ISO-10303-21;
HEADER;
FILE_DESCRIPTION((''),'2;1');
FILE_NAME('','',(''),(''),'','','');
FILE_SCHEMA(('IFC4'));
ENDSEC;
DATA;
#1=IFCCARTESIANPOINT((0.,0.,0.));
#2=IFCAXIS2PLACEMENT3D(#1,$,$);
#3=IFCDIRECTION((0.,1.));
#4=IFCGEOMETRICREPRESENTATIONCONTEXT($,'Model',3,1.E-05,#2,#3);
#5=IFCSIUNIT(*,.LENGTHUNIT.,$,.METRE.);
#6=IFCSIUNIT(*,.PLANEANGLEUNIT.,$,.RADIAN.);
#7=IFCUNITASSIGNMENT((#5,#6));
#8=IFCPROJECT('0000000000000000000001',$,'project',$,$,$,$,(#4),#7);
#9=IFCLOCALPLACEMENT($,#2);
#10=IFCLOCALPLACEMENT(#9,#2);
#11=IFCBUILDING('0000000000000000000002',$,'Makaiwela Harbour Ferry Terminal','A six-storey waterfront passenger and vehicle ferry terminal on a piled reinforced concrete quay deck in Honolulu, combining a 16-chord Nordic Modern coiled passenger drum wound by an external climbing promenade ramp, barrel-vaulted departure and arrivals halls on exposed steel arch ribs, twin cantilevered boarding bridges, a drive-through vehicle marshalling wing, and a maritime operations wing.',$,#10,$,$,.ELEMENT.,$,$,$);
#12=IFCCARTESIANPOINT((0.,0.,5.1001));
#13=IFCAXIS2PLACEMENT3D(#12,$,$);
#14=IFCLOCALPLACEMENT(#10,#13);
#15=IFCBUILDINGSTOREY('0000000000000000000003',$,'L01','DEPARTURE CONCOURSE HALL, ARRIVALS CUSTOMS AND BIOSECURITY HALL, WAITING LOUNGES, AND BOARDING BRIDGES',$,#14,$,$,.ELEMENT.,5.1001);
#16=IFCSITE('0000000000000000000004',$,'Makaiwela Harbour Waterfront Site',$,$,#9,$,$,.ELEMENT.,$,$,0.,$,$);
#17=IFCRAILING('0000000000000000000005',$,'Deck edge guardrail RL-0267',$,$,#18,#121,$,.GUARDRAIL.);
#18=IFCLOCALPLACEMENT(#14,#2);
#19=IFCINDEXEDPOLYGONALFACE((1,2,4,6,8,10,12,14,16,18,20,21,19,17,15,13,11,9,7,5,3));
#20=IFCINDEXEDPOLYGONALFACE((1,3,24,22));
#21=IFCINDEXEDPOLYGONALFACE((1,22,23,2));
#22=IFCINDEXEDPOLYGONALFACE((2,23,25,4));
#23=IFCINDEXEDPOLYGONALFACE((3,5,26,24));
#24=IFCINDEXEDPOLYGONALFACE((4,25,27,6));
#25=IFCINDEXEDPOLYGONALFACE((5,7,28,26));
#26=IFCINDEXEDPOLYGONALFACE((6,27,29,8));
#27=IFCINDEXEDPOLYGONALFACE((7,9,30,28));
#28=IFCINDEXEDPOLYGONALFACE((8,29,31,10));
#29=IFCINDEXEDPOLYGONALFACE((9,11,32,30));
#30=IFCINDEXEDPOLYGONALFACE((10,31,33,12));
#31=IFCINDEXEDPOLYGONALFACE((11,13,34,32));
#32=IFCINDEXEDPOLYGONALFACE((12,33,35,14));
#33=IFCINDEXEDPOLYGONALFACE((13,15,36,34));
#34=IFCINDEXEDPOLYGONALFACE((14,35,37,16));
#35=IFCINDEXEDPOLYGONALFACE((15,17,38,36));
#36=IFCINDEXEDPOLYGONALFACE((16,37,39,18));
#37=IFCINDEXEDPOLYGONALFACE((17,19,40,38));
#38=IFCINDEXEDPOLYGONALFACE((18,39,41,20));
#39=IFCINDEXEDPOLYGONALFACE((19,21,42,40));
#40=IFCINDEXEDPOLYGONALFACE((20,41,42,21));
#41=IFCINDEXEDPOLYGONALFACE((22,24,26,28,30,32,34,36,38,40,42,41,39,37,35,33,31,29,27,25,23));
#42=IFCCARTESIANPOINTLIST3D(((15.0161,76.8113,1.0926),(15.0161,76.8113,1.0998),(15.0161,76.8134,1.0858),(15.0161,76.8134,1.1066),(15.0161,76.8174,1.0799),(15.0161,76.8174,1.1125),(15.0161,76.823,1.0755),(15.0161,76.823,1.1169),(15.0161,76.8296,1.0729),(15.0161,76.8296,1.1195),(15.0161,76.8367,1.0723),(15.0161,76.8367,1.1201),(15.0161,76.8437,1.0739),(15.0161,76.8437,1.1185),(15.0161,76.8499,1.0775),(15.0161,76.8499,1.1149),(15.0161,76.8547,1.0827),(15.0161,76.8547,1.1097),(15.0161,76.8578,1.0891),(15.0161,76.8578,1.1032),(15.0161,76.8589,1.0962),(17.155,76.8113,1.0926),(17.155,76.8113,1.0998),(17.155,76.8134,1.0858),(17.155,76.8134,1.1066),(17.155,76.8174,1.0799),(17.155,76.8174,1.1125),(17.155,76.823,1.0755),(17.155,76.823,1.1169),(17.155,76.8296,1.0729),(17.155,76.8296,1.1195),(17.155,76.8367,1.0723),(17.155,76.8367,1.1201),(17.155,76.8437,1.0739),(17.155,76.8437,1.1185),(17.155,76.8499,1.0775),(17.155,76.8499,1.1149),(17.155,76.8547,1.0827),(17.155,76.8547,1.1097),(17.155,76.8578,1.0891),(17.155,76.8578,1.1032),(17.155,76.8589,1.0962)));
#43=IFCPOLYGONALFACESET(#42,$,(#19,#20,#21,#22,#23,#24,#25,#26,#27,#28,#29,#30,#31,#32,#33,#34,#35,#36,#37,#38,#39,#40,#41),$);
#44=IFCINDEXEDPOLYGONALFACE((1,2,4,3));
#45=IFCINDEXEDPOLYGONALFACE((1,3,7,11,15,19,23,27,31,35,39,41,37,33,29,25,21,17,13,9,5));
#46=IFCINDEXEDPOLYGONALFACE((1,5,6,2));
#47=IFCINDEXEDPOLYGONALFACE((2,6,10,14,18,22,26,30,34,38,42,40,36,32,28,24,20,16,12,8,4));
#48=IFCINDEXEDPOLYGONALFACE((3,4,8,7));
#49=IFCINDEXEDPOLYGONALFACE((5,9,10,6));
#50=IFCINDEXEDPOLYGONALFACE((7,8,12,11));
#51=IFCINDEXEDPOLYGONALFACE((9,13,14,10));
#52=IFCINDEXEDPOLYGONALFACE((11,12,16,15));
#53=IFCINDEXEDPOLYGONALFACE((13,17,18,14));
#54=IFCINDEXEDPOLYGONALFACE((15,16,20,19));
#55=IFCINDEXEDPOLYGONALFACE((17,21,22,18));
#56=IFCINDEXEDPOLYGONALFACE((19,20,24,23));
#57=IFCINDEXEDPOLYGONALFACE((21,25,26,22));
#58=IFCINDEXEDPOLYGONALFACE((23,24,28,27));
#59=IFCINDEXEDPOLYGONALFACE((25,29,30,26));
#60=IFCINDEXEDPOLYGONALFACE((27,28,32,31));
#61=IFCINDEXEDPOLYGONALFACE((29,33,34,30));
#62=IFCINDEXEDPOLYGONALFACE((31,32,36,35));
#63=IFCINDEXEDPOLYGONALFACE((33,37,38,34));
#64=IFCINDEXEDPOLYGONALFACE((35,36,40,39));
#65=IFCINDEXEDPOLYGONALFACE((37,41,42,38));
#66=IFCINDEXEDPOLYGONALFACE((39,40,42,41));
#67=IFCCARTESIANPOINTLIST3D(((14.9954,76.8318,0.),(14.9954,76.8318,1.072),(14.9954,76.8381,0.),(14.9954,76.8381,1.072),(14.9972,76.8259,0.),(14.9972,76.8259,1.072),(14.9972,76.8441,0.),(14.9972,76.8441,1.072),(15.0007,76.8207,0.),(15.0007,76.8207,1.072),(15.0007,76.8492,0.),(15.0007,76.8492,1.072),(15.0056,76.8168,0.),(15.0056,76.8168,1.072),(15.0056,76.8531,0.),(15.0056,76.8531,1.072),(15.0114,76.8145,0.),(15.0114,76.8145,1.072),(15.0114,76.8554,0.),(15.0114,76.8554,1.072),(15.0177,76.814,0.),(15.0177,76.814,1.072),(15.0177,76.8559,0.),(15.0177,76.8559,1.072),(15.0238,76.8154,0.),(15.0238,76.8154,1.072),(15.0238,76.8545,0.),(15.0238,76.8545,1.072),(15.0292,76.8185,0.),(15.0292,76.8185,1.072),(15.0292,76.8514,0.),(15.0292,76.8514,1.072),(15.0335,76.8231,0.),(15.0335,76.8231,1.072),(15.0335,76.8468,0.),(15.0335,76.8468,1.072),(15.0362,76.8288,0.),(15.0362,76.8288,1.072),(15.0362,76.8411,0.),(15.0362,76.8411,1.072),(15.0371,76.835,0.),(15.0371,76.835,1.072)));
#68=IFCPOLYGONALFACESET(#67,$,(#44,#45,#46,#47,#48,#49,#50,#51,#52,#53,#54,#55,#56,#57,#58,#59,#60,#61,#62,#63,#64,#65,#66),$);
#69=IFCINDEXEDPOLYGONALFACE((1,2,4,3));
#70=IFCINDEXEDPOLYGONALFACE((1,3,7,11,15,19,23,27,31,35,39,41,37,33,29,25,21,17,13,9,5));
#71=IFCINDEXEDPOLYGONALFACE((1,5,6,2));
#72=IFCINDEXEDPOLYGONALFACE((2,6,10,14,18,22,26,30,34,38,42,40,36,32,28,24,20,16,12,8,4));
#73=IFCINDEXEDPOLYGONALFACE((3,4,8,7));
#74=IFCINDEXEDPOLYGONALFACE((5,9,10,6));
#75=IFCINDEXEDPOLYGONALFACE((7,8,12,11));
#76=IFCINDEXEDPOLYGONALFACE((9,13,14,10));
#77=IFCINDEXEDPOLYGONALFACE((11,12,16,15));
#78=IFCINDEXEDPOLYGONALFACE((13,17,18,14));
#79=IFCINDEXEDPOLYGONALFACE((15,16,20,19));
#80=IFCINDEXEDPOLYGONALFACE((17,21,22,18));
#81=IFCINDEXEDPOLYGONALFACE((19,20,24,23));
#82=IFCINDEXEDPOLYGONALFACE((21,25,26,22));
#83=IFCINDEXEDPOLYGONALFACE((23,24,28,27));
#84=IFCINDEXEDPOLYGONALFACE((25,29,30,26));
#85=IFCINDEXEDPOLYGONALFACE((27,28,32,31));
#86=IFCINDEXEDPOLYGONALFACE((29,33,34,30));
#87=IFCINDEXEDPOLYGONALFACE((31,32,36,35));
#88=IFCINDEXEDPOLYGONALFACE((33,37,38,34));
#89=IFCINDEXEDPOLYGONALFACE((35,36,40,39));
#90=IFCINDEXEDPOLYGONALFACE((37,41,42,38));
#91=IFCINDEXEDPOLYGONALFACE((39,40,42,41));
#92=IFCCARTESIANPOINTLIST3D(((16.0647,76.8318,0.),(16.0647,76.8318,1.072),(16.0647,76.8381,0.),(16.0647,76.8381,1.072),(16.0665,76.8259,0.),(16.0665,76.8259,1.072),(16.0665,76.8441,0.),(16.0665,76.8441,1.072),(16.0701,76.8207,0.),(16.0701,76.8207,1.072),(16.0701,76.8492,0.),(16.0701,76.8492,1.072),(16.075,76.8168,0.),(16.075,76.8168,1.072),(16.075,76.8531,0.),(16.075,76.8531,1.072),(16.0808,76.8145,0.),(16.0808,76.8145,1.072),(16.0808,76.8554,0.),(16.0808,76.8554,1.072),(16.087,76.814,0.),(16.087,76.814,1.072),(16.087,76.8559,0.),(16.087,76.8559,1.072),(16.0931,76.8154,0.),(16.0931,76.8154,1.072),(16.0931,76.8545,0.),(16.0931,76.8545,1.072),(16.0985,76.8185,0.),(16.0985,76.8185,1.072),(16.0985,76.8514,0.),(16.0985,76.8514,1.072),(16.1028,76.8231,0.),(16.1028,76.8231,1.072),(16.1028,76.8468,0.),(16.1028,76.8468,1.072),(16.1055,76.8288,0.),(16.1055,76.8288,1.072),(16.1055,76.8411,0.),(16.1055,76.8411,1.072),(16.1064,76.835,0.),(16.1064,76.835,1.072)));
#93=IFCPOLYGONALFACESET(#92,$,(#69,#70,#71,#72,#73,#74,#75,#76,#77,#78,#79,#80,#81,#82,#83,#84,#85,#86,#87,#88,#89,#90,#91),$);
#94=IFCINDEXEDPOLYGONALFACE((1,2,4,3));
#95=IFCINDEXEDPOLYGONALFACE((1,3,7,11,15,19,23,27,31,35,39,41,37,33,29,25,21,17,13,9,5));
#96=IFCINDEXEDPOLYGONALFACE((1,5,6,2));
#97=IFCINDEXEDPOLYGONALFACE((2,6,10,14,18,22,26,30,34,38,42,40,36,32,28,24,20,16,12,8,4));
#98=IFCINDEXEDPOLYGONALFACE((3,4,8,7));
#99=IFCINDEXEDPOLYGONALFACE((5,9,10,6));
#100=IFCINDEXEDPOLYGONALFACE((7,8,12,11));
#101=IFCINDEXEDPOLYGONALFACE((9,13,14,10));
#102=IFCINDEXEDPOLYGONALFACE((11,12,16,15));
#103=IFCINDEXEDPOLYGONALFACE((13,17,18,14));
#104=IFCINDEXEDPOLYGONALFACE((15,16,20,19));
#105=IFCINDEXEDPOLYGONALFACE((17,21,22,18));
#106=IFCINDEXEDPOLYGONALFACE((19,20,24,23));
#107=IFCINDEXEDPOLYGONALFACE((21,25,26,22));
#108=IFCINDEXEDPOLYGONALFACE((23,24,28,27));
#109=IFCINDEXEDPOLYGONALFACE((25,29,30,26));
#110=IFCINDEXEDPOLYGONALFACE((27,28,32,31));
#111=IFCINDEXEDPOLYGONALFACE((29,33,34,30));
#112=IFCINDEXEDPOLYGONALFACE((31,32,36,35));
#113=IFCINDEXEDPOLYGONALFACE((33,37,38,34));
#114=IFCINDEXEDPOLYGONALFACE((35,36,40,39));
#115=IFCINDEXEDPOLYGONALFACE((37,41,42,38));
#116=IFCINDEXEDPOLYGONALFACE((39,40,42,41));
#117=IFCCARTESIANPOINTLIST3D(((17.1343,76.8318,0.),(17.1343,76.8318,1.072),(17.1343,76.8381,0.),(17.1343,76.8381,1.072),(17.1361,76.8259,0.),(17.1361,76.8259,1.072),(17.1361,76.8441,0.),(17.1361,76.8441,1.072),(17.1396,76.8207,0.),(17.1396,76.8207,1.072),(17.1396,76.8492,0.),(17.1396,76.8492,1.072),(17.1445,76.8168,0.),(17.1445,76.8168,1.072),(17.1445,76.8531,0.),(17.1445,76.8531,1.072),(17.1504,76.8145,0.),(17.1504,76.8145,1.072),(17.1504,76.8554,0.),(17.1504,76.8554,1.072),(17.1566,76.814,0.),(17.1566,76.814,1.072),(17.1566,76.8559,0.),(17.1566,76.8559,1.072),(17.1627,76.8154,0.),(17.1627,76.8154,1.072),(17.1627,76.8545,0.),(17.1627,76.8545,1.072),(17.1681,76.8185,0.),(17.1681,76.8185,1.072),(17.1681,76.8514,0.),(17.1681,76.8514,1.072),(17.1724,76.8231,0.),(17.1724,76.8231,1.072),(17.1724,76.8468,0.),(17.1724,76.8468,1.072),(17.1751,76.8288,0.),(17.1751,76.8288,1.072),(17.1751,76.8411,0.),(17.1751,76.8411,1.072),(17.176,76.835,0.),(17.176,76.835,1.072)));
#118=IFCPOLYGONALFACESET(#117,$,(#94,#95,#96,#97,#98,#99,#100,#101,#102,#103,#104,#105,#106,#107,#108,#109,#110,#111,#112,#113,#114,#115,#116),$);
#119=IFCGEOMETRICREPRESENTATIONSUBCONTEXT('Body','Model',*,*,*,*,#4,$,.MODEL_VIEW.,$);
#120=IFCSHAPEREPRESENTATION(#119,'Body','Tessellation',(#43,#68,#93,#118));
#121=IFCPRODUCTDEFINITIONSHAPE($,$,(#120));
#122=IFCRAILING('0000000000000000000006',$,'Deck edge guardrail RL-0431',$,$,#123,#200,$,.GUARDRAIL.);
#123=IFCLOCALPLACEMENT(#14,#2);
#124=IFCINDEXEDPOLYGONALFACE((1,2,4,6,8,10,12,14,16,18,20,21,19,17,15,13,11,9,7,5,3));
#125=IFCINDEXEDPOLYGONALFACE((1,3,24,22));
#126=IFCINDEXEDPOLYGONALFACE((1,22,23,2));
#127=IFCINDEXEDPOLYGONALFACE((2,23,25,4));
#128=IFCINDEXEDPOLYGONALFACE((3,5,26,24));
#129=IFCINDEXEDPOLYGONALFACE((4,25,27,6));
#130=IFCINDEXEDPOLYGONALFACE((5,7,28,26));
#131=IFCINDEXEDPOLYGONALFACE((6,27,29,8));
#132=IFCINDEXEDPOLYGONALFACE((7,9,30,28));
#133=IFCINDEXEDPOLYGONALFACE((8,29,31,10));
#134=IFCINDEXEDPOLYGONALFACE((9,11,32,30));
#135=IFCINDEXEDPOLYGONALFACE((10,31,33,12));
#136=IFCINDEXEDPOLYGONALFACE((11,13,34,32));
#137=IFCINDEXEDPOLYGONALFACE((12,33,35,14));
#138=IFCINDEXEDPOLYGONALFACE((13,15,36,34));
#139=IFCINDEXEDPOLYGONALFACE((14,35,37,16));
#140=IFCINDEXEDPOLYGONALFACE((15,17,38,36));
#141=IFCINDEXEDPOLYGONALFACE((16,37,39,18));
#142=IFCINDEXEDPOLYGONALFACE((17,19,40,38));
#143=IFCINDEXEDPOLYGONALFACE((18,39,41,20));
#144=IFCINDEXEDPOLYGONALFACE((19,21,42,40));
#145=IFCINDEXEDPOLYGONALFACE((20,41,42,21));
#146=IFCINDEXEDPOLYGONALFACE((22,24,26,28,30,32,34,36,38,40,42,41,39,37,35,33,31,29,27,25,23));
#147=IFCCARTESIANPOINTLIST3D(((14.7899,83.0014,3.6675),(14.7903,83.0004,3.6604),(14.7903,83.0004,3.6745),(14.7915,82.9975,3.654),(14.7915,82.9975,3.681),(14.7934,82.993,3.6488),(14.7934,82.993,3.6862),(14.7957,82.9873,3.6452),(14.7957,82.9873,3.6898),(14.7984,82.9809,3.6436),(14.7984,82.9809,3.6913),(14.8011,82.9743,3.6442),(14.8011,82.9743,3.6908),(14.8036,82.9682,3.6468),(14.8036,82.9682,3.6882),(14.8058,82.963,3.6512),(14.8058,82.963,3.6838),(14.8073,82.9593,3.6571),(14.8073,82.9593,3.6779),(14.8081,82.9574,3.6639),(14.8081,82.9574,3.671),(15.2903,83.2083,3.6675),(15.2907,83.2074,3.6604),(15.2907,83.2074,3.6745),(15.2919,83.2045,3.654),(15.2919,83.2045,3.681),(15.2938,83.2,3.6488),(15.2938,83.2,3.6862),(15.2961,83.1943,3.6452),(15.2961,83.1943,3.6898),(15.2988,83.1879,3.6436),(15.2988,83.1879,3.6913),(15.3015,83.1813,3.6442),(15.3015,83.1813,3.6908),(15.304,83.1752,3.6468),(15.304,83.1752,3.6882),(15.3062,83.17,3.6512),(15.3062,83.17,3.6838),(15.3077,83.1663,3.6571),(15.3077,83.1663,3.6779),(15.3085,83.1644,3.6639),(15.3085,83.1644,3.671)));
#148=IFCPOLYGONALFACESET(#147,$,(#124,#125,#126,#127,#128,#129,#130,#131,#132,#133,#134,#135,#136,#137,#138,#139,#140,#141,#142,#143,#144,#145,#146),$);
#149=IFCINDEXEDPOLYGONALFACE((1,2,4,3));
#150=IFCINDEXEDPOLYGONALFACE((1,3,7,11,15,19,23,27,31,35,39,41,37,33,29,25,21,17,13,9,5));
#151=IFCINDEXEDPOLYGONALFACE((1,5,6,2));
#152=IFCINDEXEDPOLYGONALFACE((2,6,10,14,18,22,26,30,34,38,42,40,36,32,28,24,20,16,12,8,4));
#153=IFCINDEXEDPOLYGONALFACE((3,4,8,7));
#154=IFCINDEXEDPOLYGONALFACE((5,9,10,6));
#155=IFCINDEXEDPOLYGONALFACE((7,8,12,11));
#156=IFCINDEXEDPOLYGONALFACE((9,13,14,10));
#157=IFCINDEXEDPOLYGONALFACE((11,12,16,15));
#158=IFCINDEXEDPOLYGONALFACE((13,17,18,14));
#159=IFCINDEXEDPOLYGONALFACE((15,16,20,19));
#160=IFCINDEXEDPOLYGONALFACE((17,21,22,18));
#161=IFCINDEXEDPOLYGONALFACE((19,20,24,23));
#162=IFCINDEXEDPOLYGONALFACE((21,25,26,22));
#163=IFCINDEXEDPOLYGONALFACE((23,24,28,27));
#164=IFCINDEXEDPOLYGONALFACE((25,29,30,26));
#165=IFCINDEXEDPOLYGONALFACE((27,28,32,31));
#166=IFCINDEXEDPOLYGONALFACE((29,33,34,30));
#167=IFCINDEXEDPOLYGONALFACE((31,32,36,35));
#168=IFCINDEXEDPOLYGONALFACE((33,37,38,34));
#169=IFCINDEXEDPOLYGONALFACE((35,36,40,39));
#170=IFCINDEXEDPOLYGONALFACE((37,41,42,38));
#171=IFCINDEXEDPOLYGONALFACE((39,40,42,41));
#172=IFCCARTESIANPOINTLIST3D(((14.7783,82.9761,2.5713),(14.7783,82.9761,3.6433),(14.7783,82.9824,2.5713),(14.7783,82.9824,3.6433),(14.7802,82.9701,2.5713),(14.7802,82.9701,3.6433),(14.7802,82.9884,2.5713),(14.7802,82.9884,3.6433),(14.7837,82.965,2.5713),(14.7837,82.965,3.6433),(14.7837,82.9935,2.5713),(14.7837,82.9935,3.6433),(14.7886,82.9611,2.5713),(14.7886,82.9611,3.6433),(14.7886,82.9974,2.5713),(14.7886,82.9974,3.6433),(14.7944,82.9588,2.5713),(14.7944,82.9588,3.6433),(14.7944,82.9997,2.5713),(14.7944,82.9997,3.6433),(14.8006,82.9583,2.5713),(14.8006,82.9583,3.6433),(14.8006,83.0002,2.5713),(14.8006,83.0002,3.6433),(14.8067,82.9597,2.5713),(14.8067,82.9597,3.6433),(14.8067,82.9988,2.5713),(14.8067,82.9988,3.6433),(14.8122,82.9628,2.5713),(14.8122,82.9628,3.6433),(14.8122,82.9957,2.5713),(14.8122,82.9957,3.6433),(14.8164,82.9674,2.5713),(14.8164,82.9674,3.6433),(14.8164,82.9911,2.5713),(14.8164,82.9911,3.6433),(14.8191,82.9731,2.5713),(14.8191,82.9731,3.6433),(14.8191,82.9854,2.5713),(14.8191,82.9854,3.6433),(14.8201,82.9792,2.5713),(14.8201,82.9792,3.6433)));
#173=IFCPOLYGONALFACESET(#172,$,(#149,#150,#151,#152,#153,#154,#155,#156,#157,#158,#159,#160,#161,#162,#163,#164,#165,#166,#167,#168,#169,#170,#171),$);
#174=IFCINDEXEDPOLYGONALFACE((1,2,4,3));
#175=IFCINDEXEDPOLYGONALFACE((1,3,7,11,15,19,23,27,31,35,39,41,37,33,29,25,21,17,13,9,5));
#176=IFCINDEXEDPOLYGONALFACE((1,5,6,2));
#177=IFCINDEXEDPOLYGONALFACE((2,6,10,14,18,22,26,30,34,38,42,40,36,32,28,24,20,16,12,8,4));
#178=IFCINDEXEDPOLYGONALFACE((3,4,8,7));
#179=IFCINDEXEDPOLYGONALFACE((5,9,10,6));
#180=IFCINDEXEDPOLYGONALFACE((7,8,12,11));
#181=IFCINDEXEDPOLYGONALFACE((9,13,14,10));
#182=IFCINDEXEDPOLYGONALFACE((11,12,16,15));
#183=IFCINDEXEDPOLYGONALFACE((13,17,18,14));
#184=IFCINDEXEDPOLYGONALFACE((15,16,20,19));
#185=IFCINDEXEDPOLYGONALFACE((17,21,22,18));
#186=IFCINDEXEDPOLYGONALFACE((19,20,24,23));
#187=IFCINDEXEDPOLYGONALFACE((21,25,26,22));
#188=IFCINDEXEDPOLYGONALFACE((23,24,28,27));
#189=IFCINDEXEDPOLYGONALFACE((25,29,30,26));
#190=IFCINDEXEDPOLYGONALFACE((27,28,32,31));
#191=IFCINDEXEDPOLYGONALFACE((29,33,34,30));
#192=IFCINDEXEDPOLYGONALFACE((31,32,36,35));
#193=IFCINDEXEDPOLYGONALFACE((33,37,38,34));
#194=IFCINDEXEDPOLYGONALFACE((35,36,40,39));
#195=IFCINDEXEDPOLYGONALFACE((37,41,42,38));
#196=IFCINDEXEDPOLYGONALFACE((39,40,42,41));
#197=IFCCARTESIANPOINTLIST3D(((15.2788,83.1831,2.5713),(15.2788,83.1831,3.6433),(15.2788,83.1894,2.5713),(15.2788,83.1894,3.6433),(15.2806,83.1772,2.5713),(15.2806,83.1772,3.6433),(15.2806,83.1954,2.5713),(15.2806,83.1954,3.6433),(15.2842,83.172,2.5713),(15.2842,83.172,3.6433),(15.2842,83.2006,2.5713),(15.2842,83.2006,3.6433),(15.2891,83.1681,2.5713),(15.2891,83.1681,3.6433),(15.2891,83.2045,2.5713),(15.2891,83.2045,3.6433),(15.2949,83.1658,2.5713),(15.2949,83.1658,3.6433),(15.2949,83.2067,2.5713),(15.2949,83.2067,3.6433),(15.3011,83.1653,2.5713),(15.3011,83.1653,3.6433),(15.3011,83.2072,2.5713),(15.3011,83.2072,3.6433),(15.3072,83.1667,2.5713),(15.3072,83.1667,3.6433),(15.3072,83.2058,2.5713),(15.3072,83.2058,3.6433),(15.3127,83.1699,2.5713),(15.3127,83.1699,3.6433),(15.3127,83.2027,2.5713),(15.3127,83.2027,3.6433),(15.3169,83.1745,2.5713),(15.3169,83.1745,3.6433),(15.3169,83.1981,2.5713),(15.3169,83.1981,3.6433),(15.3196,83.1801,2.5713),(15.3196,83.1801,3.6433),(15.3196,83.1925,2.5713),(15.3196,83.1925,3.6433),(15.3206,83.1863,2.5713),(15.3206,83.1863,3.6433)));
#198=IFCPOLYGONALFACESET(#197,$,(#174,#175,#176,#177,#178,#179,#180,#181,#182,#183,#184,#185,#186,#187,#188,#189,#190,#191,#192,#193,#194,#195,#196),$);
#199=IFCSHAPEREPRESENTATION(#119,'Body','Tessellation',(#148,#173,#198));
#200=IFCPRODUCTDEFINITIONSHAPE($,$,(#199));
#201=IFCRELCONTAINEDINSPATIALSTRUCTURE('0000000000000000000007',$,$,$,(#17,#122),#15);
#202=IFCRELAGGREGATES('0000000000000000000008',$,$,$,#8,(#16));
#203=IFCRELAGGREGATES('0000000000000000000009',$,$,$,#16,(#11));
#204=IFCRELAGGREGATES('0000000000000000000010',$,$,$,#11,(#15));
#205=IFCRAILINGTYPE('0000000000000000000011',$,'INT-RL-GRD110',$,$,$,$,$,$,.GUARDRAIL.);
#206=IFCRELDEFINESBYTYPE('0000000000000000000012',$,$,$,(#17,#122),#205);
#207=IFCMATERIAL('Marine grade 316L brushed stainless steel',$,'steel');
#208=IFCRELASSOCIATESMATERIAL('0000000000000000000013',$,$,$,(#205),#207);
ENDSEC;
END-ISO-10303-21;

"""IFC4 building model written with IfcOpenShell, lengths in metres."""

from ifc_helpers import new_model, si_unit, direction, frame, origin, origin_2d, place, context, subcontext, project, spatial, circle, extrude, material, type_object, element, save


model = new_model("IFC4")

# Units and contexts
model_context = context("Model", 3, precision=1e-05, world=origin(), true_north=direction((0.0, 1.0)))
body_context = subcontext(model_context, "Body", "Model", "MODEL_VIEW")
ifc_project = project(units=[si_unit("LENGTHUNIT", "METRE"), si_unit("PLANEANGLEUNIT", "RADIAN")], contexts=[model_context])

# Site, building, storey
site_placement = place(None, origin())
site = spatial("IfcSite", under=ifc_project, at=site_placement, Name="Makaiwela Harbour Waterfront Site", CompositionType="ELEMENT", RefElevation=0.0)
building_placement = place(site_placement, origin())
building = spatial("IfcBuilding", under=site, at=building_placement, Name="Makaiwela Harbour Ferry Terminal", Description="A six-storey waterfront passenger and vehicle ferry terminal on a piled reinforced concrete quay deck in Honolulu, combining a 16-chord Nordic Modern coiled passenger drum wound by an external climbing promenade ramp, barrel-vaulted departure and arrivals halls on exposed steel arch ribs, twin cantilevered boarding bridges, a drive-through vehicle marshalling wing, and a maritime operations wing.", CompositionType="ELEMENT")
storey_placement = place(building_placement, frame((0.0, 0.0, 5.1001)))
storey = spatial("IfcBuildingStorey", under=building, at=storey_placement, Name="L01", Description="DEPARTURE CONCOURSE HALL, ARRIVALS CUSTOMS AND BIOSECURITY HALL, WAITING LOUNGES, AND BOARDING BRIDGES", CompositionType="ELEMENT", Elevation=5.1001)

# Railings
ifc_material_1 = material(Name="Marine grade 316L brushed stainless steel", Category="steel")
railing_type_1 = type_object("IfcRailingType", Name="INT-RL-GRD110", PredefinedType="GUARDRAIL", material=ifc_material_1)
railing_1_placement = place(storey_placement, frame((15.0161, 76.835, 0.0)))
element("IfcRailing", 1, at=railing_1_placement, inside=storey, type_object=railing_type_1, Name="Deck edge guardrail RL-0267", PredefinedType="GUARDRAIL", context=body_context, shape_type="SweptSolid", body=[
    extrude(circle(Radius=0.0239, at=origin_2d()), frame((0.0, 0.0, 1.0962), z_axis=(1.0, 0.0, 0.0), x_axis=(0.0, 1.0, 0.0)), (0.0, 0.0, 1.0), 2.1389),
    extrude(circle(Radius=0.021, at=origin_2d()), origin(), (0.0, 0.0, 1.0), 1.072),
    extrude(circle(Radius=0.021, at=origin_2d()), frame((1.0693, 0.0, 0.0)), (0.0, 0.0, 1.0), 1.072),
    extrude(circle(Radius=0.021, at=origin_2d()), frame((2.1389, 0.0, 0.0)), (0.0, 0.0, 1.0), 1.072),
])
railing_2_placement = place(storey_placement, frame((14.7991, 82.9792, 2.5713)))
element("IfcRailing", 2, at=railing_2_placement, inside=storey, type_object=railing_type_1, Name="Deck edge guardrail RL-0431", PredefinedType="GUARDRAIL", context=body_context, shape_type="SweptSolid", body=[
    extrude(circle(Radius=0.0239, at=origin_2d()), frame((0.0, 0.0, 1.0962), z_axis=(0.924061, 0.382246, 0.0), x_axis=(-0.382246, 0.924061, 0.0)), (0.0, 0.0, 1.0), 0.5415),
    extrude(circle(Radius=0.021, at=origin_2d()), origin(), (0.0, 0.0, 1.0), 1.072),
    extrude(circle(Radius=0.021, at=origin_2d()), frame((0.5005, 0.207, 0.0)), (0.0, 0.0, 1.0), 1.072),
])

save(model, "model.ifc")
